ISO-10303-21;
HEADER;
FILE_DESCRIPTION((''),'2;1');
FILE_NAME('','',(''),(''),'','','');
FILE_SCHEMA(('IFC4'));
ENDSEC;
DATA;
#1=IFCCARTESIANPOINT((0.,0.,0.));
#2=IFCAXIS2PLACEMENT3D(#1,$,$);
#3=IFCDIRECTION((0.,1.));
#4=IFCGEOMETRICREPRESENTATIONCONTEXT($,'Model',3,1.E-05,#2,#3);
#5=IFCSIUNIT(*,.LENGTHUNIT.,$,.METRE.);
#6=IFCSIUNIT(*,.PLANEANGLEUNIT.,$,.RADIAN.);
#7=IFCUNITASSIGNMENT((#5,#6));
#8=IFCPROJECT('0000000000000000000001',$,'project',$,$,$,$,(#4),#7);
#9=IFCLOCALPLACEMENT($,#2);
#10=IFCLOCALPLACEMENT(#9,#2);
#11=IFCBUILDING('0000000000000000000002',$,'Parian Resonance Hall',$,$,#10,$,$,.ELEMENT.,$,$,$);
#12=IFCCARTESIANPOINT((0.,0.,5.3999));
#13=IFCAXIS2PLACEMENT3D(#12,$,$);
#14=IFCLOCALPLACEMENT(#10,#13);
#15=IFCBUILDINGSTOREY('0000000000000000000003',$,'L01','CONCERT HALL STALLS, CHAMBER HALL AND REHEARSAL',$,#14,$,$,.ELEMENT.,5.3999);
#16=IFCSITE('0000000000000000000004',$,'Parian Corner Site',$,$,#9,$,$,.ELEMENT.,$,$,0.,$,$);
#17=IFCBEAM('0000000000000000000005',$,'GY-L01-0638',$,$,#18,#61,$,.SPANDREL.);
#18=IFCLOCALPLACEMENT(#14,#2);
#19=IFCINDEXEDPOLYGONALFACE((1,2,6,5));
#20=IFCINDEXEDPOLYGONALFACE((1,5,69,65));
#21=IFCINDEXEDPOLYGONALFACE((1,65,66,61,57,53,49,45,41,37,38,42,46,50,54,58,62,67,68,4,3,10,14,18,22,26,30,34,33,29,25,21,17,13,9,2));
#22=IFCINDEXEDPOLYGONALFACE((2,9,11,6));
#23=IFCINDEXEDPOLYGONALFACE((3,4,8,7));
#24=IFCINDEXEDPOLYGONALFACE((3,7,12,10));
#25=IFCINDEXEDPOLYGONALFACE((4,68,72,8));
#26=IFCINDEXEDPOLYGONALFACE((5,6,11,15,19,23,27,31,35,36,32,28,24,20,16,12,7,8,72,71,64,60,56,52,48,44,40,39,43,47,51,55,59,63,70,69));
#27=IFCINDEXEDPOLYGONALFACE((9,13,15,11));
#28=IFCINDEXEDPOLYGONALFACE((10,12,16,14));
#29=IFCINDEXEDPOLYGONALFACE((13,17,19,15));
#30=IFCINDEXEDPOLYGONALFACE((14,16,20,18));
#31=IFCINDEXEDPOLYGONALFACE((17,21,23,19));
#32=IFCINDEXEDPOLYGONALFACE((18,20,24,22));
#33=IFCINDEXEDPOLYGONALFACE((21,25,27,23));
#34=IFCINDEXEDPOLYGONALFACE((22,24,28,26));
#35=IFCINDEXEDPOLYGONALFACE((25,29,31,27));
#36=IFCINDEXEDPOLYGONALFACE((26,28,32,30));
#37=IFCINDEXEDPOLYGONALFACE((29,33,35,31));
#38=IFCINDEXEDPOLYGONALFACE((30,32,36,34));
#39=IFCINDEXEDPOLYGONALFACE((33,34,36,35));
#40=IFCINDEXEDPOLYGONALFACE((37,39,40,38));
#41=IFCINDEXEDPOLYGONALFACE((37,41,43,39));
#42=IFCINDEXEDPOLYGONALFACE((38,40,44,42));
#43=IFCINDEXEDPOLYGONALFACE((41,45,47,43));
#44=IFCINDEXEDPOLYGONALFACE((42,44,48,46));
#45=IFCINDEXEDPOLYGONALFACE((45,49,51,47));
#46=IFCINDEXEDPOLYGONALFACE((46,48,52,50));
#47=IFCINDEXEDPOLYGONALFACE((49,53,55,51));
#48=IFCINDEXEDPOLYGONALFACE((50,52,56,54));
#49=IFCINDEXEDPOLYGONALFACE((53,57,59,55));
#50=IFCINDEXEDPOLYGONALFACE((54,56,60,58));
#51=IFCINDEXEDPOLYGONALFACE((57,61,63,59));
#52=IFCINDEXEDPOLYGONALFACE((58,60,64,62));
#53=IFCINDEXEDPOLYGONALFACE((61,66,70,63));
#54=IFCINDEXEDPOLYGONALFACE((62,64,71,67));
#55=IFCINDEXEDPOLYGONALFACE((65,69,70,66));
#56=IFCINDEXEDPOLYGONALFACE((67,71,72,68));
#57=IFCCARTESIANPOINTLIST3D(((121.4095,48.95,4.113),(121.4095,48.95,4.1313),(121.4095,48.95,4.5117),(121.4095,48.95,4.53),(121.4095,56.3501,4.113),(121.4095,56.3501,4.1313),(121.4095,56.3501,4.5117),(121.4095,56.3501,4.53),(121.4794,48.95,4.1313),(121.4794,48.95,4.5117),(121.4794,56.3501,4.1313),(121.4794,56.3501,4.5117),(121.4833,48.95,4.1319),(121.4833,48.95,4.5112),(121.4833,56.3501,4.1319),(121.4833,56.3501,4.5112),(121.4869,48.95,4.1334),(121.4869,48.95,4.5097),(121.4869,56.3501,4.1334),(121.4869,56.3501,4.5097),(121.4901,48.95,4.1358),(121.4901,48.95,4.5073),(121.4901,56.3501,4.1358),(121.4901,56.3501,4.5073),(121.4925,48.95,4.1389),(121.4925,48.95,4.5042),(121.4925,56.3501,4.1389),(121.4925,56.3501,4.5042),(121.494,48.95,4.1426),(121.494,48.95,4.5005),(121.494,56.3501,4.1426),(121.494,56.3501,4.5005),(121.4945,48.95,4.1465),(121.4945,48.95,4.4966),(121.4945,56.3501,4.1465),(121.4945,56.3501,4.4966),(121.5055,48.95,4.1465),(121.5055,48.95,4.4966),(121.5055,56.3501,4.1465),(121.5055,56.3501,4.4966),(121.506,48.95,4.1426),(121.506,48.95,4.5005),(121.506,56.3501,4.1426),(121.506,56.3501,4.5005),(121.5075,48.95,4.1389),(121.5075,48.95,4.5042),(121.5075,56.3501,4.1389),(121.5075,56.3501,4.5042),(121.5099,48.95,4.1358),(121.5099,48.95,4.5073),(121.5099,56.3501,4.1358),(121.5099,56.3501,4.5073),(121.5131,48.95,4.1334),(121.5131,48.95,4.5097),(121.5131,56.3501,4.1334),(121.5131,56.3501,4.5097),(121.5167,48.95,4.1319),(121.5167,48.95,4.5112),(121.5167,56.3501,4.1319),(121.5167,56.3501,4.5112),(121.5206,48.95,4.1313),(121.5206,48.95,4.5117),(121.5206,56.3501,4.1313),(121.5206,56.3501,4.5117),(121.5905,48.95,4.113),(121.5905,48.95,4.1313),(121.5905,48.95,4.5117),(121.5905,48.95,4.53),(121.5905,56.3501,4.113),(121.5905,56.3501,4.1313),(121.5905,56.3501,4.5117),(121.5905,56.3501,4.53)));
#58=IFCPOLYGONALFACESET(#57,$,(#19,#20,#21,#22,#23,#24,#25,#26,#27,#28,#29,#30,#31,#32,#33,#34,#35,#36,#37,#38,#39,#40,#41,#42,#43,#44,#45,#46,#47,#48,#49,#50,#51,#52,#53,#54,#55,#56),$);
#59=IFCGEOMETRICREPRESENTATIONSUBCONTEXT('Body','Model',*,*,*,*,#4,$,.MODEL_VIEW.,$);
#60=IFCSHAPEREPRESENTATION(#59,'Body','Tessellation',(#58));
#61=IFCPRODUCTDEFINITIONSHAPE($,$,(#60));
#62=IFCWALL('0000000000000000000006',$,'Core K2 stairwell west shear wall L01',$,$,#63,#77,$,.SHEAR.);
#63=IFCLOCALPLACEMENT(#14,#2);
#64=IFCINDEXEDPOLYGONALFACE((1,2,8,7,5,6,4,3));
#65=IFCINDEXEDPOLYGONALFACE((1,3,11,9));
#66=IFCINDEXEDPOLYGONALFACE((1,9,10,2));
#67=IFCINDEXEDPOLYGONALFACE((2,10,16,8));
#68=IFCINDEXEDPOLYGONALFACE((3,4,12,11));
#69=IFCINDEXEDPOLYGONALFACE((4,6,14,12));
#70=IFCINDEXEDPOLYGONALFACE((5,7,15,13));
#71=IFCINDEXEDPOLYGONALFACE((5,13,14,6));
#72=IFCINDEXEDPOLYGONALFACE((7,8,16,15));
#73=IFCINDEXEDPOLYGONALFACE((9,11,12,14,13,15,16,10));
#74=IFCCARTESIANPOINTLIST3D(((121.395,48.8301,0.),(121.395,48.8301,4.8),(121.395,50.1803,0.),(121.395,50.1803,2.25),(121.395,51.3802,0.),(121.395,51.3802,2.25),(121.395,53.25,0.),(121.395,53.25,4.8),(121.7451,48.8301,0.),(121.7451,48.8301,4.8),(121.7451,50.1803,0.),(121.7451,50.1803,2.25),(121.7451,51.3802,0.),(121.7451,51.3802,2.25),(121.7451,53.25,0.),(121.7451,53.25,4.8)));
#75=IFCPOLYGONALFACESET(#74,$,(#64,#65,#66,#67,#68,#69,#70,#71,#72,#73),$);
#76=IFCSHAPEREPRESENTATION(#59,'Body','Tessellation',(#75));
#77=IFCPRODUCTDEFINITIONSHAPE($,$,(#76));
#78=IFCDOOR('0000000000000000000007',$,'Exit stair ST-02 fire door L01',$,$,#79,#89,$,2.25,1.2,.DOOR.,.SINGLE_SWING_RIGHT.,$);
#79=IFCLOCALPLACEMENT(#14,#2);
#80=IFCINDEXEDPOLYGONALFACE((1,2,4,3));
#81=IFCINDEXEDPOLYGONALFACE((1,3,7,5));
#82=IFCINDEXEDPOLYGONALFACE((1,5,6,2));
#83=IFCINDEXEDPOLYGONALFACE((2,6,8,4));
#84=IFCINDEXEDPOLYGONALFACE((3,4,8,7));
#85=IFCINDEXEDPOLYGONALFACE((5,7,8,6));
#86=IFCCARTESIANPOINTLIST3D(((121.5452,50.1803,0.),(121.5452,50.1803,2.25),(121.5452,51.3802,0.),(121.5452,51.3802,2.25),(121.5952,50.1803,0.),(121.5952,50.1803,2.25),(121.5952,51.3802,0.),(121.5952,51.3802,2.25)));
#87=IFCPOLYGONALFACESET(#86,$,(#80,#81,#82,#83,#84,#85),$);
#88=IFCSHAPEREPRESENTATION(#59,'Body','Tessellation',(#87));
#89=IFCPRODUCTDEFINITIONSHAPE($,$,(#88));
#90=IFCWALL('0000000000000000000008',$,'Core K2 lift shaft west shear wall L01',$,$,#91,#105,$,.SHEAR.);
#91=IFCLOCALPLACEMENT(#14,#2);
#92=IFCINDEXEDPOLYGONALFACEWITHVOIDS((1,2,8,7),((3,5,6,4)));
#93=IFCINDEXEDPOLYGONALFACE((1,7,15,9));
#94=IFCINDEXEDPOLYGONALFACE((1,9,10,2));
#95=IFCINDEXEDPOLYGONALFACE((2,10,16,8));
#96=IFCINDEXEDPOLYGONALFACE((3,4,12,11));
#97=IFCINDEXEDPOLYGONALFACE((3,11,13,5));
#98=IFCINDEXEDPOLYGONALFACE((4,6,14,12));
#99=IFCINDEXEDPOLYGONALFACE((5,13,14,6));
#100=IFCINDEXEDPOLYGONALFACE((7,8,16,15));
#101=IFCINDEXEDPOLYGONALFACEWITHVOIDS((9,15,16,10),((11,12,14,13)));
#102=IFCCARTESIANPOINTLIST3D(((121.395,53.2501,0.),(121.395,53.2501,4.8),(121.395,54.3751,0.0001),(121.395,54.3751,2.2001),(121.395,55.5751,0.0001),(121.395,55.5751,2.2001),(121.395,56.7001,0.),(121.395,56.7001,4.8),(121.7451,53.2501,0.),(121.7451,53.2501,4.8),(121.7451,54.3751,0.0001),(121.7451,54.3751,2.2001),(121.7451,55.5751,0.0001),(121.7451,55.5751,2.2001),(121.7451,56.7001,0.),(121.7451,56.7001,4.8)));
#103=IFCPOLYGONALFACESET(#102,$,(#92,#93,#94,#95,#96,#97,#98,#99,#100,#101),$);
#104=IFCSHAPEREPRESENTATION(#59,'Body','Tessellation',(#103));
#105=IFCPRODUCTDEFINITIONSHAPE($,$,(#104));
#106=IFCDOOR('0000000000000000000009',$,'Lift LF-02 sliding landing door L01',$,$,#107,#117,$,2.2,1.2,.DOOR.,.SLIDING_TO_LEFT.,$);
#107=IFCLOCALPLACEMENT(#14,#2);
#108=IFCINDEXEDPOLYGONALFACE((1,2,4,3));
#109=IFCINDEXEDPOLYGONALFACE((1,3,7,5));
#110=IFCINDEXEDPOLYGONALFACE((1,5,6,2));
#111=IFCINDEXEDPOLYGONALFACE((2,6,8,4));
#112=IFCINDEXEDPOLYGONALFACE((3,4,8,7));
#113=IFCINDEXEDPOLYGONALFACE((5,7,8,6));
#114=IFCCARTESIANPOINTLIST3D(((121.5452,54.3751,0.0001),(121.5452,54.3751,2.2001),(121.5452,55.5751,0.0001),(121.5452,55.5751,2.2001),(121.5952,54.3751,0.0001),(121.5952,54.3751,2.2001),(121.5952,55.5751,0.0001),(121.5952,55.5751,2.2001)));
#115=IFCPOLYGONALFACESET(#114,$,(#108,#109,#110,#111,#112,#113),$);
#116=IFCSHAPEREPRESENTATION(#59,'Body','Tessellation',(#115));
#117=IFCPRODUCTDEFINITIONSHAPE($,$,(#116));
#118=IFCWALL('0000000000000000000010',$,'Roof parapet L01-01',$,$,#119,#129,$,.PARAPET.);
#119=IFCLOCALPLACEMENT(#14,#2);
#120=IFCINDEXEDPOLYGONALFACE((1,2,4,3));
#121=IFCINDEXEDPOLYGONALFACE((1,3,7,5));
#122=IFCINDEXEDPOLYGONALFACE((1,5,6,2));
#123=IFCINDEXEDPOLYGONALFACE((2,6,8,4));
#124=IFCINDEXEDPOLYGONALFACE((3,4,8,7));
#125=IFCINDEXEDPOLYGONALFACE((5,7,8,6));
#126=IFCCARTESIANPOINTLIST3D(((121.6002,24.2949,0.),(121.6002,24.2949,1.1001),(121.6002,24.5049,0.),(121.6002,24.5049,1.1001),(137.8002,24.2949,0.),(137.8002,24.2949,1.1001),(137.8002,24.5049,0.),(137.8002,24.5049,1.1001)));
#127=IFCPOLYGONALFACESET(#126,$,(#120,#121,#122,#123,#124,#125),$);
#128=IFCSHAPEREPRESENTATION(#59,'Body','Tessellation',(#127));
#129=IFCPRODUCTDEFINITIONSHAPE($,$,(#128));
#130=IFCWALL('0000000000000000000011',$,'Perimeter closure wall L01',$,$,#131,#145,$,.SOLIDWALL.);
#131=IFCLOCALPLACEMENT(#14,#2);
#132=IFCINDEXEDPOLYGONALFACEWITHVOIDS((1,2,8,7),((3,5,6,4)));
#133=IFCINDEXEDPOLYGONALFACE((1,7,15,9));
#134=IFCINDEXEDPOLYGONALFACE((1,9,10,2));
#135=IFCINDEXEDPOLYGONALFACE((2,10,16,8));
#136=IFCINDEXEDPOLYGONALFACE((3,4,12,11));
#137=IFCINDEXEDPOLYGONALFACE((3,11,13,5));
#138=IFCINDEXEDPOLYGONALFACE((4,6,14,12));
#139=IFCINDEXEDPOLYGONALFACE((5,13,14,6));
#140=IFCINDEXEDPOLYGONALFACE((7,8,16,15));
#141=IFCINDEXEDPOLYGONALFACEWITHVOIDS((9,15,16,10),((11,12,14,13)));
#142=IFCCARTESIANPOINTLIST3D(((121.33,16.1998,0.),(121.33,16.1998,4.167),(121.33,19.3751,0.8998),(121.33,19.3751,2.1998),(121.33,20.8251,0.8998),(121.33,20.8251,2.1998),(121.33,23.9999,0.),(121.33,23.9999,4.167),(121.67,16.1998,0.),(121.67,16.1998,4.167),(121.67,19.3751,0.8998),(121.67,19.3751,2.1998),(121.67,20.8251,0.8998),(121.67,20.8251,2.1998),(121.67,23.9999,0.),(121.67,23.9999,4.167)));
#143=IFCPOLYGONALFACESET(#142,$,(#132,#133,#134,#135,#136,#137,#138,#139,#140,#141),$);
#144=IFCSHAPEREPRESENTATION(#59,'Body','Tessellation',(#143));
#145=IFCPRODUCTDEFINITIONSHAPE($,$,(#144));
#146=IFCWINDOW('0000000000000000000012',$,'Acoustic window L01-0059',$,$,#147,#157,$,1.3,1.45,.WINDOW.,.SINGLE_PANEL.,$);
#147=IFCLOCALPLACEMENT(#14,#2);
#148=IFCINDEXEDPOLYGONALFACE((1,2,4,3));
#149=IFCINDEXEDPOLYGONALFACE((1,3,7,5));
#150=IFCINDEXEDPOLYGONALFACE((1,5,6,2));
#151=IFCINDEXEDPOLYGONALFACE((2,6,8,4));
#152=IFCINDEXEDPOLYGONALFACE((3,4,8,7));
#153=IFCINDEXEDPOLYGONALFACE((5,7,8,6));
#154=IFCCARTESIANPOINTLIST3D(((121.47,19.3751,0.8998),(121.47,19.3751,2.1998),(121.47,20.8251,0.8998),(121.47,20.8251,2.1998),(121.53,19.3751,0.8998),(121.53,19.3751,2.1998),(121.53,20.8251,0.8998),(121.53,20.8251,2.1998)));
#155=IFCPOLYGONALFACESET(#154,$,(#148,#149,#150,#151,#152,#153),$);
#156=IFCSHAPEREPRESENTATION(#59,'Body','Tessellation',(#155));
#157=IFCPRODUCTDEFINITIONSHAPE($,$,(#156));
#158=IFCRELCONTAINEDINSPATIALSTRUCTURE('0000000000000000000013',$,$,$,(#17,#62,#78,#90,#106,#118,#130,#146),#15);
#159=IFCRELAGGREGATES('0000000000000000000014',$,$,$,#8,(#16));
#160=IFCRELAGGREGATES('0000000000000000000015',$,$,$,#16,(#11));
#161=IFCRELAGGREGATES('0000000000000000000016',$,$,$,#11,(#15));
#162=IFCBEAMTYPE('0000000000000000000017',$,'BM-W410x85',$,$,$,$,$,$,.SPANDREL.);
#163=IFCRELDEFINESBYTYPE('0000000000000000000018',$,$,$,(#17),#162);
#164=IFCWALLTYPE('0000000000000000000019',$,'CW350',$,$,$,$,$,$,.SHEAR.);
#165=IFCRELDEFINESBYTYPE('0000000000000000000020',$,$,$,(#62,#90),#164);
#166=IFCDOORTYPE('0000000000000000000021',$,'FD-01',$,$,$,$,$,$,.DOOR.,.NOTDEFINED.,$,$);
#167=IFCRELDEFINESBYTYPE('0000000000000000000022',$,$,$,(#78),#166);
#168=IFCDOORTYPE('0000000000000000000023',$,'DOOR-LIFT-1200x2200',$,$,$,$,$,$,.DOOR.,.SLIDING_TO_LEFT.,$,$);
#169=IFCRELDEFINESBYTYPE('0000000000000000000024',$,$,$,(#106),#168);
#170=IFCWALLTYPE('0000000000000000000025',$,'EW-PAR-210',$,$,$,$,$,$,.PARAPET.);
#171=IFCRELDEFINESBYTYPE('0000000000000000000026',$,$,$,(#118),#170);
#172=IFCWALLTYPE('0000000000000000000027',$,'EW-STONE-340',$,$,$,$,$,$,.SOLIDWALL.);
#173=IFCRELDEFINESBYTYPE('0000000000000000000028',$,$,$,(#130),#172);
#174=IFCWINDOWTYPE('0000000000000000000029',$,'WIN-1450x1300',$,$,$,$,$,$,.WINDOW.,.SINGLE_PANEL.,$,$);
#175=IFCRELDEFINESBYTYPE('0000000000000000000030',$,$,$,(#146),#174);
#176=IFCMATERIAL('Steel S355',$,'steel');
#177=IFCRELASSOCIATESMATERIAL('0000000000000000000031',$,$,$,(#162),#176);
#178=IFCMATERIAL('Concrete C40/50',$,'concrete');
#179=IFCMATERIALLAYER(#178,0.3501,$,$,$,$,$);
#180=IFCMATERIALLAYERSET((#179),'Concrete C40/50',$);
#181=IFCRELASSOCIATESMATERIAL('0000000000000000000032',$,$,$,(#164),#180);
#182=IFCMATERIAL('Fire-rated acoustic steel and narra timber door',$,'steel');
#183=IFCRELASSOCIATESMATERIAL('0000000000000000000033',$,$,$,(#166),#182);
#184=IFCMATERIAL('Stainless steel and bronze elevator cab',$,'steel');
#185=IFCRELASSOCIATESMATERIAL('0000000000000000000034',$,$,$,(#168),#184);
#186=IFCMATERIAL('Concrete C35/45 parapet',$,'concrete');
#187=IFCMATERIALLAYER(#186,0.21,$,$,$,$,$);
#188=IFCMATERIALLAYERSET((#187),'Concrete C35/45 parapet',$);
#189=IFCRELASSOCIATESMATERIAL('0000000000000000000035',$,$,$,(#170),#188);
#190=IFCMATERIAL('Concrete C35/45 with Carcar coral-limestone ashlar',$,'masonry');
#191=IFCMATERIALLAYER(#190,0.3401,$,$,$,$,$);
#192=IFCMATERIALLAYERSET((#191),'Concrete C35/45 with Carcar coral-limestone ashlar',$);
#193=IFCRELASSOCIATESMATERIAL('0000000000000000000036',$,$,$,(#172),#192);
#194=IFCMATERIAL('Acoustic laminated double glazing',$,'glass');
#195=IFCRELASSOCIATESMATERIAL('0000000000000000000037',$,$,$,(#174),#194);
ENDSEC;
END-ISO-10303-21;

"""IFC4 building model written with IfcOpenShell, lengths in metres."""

from ifc_helpers import new_model, si_unit, direction, frame, frame_2d, origin, origin_2d, place, context, subcontext, project, spatial, rectangle, i_section, extrude, material, layer, layer_set, material_profile, profile_set, type_object, element, fill, save


model = new_model("IFC4")

# Units and contexts
model_context = context("Model", 3, precision=1e-05, world=origin(), true_north=direction((0.0, 1.0)))
body_context = subcontext(model_context, "Body", "Model", "MODEL_VIEW")
ifc_project = project(units=[si_unit("LENGTHUNIT", "METRE"), si_unit("PLANEANGLEUNIT", "RADIAN")], contexts=[model_context])

# Site, building, storey
site_placement = place(None, origin())
site = spatial("IfcSite", under=ifc_project, at=site_placement, Name="Parian Corner Site", CompositionType="ELEMENT", RefElevation=0.0)
building_placement = place(site_placement, origin())
building = spatial("IfcBuilding", under=site, at=building_placement, Name="Parian Resonance Hall", CompositionType="ELEMENT")
storey_placement = place(building_placement, frame((0.0, 0.0, 5.3999)))
storey = spatial("IfcBuildingStorey", under=building, at=storey_placement, Name="L01", Description="CONCERT HALL STALLS, CHAMBER HALL AND REHEARSAL", CompositionType="ELEMENT", Elevation=5.3999)

# Beam
ifc_material_1 = material(Name="Steel S355", Category="steel")
ifc_material_profile_1 = material_profile(ifc_material_1, i_section(OverallWidth=0.1809, OverallDepth=0.417, WebThickness=0.011, FlangeThickness=0.0183, FilletRadius=0.0151, at=origin_2d()), Name="W410x85")
ifc_profile_set_1 = profile_set([ifc_material_profile_1], Name="Steel S355")
beam_type_1 = type_object("IfcBeamType", Name="BM-W410x85", PredefinedType="SPANDREL", material=ifc_profile_set_1)
beam_1_placement = place(storey_placement, frame((121.5, 48.95, 4.3215), z_axis=(0.0, 1.0, 0.0), x_axis=(-1.0, 0.0, 0.0)))
element("IfcBeam", 1, at=beam_1_placement, inside=storey, type_object=beam_type_1, Name="GY-L01-0638", PredefinedType="SPANDREL", context=body_context, shape_type="SweptSolid", body=[
    extrude(i_section(OverallWidth=0.1809, OverallDepth=0.417, WebThickness=0.011, FlangeThickness=0.0183, FilletRadius=0.0151, at=origin_2d()), origin(), (0.0, 0.0, 1.0), 7.4001),
])

# Walls, openings, doors
ifc_material_2 = material(Name="Concrete C40/50", Category="concrete")
ifc_layer_1 = layer(ifc_material_2, 0.3501)
ifc_layer_set_1 = layer_set([ifc_layer_1], Name="Concrete C40/50")
wall_type_1 = type_object("IfcWallType", Name="CW350", PredefinedType="SHEAR", material=ifc_layer_set_1)
wall_1_placement = place(storey_placement, frame((121.5701, 48.8301, 0.0), z_axis=(0.0, 0.0, 1.0), x_axis=(0.0, 1.0, 0.0)))
wall_1 = element("IfcWall", 2, at=wall_1_placement, inside=storey, type_object=wall_type_1, Name="Core K2 stairwell west shear wall L01", PredefinedType="SHEAR", context=body_context, shape_type="SweptSolid", body=[
    extrude(rectangle(XDim=4.4199, YDim=0.3501, at=frame_2d((2.21, 0.0))), origin(), (0.0, 0.0, 1.0), 4.8),
])
opening_1_placement = place(wall_1_placement, frame((1.3501, 0.0, 0.0)))
opening_1 = element("IfcOpeningElement", 3, at=opening_1_placement, cuts=wall_1, PredefinedType="OPENING", context=body_context, shape_type="SweptSolid", body=[
    extrude(rectangle(XDim=1.2, YDim=2.25, at=frame_2d((0.6001, 1.125))), frame((0.0, 0.1851, 0.0), z_axis=(0.0, -1.0, 0.0), x_axis=(1.0, 0.0, 0.0)), (0.0, 0.0, 1.0), 0.3701),
])
ifc_material_3 = material(Name="Fire-rated acoustic steel and narra timber door", Category="steel")
door_type_1 = type_object("IfcDoorType", Name="FD-01", OperationType="NOTDEFINED", PredefinedType="DOOR", material=ifc_material_3)
door_1_placement = place(opening_1_placement, origin())
door_1 = element("IfcDoor", 4, at=door_1_placement, inside=storey, type_object=door_type_1, Name="Exit stair ST-02 fire door L01", OperationType="SINGLE_SWING_RIGHT", OverallHeight=2.25, OverallWidth=1.2, PredefinedType="DOOR", context=body_context, shape_type="SweptSolid", body=[
    extrude(rectangle(XDim=1.2, YDim=2.25, at=frame_2d((0.6001, 1.125))), frame((0.0, 0.0249, 0.0), z_axis=(0.0, -1.0, 0.0), x_axis=(1.0, 0.0, 0.0)), (0.0, 0.0, 1.0), 0.05),
])
fill(opening_1, door_1)
wall_2_placement = place(storey_placement, frame((121.5701, 53.25, 0.0), z_axis=(0.0, 0.0, 1.0), x_axis=(0.0, 1.0, 0.0)))
wall_2 = element("IfcWall", 5, at=wall_2_placement, inside=storey, type_object=wall_type_1, Name="Core K2 lift shaft west shear wall L01", PredefinedType="SHEAR", context=body_context, shape_type="SweptSolid", body=[
    extrude(rectangle(XDim=3.45, YDim=0.3501, at=frame_2d((1.7251, 0.0))), origin(), (0.0, 0.0, 1.0), 4.8),
])
opening_2_placement = place(wall_2_placement, frame((1.125, 0.0, 0.0)))
opening_2 = element("IfcOpeningElement", 6, at=opening_2_placement, cuts=wall_2, PredefinedType="OPENING", context=body_context, shape_type="SweptSolid", body=[
    extrude(rectangle(XDim=1.2, YDim=2.2, at=frame_2d((0.6001, 1.1001))), frame((0.0, 0.1851, 0.0), z_axis=(0.0, -1.0, 0.0), x_axis=(1.0, 0.0, 0.0)), (0.0, 0.0, 1.0), 0.3701),
])
ifc_material_4 = material(Name="Stainless steel and bronze elevator cab", Category="steel")
door_type_2 = type_object("IfcDoorType", Name="DOOR-LIFT-1200x2200", OperationType="SLIDING_TO_LEFT", PredefinedType="DOOR", material=ifc_material_4)
door_2_placement = place(opening_2_placement, origin())
door_2 = element("IfcDoor", 7, at=door_2_placement, inside=storey, type_object=door_type_2, Name="Lift LF-02 sliding landing door L01", OperationType="SLIDING_TO_LEFT", OverallHeight=2.2, OverallWidth=1.2, PredefinedType="DOOR", context=body_context, shape_type="SweptSolid", body=[
    extrude(rectangle(XDim=1.2, YDim=2.2, at=frame_2d((0.6001, 1.1001))), frame((0.0, 0.0249, 0.0), z_axis=(0.0, -1.0, 0.0), x_axis=(1.0, 0.0, 0.0)), (0.0, 0.0, 1.0), 0.05),
])
fill(opening_2, door_2)

# Wall
ifc_material_5 = material(Name="Concrete C35/45 parapet", Category="concrete")
ifc_layer_2 = layer(ifc_material_5, 0.21)
ifc_layer_set_2 = layer_set([ifc_layer_2], Name="Concrete C35/45 parapet")
wall_type_2 = type_object("IfcWallType", Name="EW-PAR-210", PredefinedType="PARAPET", material=ifc_layer_set_2)
wall_3_placement = place(storey_placement, frame((121.6001, 24.3999, 0.0), z_axis=(0.0, 0.0, 1.0), x_axis=(1.0, 0.0, 0.0)))
element("IfcWall", 8, at=wall_3_placement, inside=storey, type_object=wall_type_2, Name="Roof parapet L01-01", PredefinedType="PARAPET", context=body_context, shape_type="SweptSolid", body=[
    extrude(rectangle(XDim=16.2, YDim=0.21, at=frame_2d((8.1001, 0.0))), origin(), (0.0, 0.0, 1.0), 1.1001),
])

# Wall, opening, window
ifc_material_6 = material(Name="Concrete C35/45 with Carcar coral-limestone ashlar", Category="masonry")
ifc_layer_3 = layer(ifc_material_6, 0.3401)
ifc_layer_set_3 = layer_set([ifc_layer_3], Name="Concrete C35/45 with Carcar coral-limestone ashlar")
wall_type_3 = type_object("IfcWallType", Name="EW-STONE-340", PredefinedType="SOLIDWALL", material=ifc_layer_set_3)
wall_4_placement = place(storey_placement, frame((121.5, 16.2, 0.0), z_axis=(0.0, 0.0, 1.0), x_axis=(0.0, 1.0, 0.0)))
wall_4 = element("IfcWall", 9, at=wall_4_placement, inside=storey, type_object=wall_type_3, Name="Perimeter closure wall L01", PredefinedType="SOLIDWALL", context=body_context, shape_type="SweptSolid", body=[
    extrude(rectangle(XDim=7.8, YDim=0.3401, at=frame_2d((3.8999, 0.0))), origin(), (0.0, 0.0, 1.0), 4.167),
])
opening_3_placement = place(wall_4_placement, frame((3.175, 0.0, 0.8999)))
opening_3 = element("IfcOpeningElement", 10, at=opening_3_placement, cuts=wall_4, PredefinedType="OPENING", context=body_context, shape_type="SweptSolid", body=[
    extrude(rectangle(XDim=1.45, YDim=1.3, at=frame_2d((0.7251, 0.6499))), frame((0.0, 0.1799, 0.0), z_axis=(0.0, -1.0, 0.0), x_axis=(1.0, 0.0, 0.0)), (0.0, 0.0, 1.0), 0.3601),
])
ifc_material_7 = material(Name="Acoustic laminated double glazing", Category="glass")
window_type_1 = type_object("IfcWindowType", Name="WIN-1450x1300", PartitioningType="SINGLE_PANEL", PredefinedType="WINDOW", material=ifc_material_7)
window_1_placement = place(opening_3_placement, origin())
window_1 = element("IfcWindow", 11, at=window_1_placement, inside=storey, type_object=window_type_1, Name="Acoustic window L01-0059", OverallHeight=1.3, OverallWidth=1.45, PartitioningType="SINGLE_PANEL", PredefinedType="WINDOW", context=body_context, shape_type="SweptSolid", body=[
    extrude(rectangle(XDim=1.45, YDim=1.3, at=frame_2d((0.7251, 0.6499))), frame((0.0, 0.03, 0.0), z_axis=(0.0, -1.0, 0.0), x_axis=(1.0, 0.0, 0.0)), (0.0, 0.0, 1.0), 0.0601),
])
fill(opening_3, window_1)

save(model, "model.ifc")
